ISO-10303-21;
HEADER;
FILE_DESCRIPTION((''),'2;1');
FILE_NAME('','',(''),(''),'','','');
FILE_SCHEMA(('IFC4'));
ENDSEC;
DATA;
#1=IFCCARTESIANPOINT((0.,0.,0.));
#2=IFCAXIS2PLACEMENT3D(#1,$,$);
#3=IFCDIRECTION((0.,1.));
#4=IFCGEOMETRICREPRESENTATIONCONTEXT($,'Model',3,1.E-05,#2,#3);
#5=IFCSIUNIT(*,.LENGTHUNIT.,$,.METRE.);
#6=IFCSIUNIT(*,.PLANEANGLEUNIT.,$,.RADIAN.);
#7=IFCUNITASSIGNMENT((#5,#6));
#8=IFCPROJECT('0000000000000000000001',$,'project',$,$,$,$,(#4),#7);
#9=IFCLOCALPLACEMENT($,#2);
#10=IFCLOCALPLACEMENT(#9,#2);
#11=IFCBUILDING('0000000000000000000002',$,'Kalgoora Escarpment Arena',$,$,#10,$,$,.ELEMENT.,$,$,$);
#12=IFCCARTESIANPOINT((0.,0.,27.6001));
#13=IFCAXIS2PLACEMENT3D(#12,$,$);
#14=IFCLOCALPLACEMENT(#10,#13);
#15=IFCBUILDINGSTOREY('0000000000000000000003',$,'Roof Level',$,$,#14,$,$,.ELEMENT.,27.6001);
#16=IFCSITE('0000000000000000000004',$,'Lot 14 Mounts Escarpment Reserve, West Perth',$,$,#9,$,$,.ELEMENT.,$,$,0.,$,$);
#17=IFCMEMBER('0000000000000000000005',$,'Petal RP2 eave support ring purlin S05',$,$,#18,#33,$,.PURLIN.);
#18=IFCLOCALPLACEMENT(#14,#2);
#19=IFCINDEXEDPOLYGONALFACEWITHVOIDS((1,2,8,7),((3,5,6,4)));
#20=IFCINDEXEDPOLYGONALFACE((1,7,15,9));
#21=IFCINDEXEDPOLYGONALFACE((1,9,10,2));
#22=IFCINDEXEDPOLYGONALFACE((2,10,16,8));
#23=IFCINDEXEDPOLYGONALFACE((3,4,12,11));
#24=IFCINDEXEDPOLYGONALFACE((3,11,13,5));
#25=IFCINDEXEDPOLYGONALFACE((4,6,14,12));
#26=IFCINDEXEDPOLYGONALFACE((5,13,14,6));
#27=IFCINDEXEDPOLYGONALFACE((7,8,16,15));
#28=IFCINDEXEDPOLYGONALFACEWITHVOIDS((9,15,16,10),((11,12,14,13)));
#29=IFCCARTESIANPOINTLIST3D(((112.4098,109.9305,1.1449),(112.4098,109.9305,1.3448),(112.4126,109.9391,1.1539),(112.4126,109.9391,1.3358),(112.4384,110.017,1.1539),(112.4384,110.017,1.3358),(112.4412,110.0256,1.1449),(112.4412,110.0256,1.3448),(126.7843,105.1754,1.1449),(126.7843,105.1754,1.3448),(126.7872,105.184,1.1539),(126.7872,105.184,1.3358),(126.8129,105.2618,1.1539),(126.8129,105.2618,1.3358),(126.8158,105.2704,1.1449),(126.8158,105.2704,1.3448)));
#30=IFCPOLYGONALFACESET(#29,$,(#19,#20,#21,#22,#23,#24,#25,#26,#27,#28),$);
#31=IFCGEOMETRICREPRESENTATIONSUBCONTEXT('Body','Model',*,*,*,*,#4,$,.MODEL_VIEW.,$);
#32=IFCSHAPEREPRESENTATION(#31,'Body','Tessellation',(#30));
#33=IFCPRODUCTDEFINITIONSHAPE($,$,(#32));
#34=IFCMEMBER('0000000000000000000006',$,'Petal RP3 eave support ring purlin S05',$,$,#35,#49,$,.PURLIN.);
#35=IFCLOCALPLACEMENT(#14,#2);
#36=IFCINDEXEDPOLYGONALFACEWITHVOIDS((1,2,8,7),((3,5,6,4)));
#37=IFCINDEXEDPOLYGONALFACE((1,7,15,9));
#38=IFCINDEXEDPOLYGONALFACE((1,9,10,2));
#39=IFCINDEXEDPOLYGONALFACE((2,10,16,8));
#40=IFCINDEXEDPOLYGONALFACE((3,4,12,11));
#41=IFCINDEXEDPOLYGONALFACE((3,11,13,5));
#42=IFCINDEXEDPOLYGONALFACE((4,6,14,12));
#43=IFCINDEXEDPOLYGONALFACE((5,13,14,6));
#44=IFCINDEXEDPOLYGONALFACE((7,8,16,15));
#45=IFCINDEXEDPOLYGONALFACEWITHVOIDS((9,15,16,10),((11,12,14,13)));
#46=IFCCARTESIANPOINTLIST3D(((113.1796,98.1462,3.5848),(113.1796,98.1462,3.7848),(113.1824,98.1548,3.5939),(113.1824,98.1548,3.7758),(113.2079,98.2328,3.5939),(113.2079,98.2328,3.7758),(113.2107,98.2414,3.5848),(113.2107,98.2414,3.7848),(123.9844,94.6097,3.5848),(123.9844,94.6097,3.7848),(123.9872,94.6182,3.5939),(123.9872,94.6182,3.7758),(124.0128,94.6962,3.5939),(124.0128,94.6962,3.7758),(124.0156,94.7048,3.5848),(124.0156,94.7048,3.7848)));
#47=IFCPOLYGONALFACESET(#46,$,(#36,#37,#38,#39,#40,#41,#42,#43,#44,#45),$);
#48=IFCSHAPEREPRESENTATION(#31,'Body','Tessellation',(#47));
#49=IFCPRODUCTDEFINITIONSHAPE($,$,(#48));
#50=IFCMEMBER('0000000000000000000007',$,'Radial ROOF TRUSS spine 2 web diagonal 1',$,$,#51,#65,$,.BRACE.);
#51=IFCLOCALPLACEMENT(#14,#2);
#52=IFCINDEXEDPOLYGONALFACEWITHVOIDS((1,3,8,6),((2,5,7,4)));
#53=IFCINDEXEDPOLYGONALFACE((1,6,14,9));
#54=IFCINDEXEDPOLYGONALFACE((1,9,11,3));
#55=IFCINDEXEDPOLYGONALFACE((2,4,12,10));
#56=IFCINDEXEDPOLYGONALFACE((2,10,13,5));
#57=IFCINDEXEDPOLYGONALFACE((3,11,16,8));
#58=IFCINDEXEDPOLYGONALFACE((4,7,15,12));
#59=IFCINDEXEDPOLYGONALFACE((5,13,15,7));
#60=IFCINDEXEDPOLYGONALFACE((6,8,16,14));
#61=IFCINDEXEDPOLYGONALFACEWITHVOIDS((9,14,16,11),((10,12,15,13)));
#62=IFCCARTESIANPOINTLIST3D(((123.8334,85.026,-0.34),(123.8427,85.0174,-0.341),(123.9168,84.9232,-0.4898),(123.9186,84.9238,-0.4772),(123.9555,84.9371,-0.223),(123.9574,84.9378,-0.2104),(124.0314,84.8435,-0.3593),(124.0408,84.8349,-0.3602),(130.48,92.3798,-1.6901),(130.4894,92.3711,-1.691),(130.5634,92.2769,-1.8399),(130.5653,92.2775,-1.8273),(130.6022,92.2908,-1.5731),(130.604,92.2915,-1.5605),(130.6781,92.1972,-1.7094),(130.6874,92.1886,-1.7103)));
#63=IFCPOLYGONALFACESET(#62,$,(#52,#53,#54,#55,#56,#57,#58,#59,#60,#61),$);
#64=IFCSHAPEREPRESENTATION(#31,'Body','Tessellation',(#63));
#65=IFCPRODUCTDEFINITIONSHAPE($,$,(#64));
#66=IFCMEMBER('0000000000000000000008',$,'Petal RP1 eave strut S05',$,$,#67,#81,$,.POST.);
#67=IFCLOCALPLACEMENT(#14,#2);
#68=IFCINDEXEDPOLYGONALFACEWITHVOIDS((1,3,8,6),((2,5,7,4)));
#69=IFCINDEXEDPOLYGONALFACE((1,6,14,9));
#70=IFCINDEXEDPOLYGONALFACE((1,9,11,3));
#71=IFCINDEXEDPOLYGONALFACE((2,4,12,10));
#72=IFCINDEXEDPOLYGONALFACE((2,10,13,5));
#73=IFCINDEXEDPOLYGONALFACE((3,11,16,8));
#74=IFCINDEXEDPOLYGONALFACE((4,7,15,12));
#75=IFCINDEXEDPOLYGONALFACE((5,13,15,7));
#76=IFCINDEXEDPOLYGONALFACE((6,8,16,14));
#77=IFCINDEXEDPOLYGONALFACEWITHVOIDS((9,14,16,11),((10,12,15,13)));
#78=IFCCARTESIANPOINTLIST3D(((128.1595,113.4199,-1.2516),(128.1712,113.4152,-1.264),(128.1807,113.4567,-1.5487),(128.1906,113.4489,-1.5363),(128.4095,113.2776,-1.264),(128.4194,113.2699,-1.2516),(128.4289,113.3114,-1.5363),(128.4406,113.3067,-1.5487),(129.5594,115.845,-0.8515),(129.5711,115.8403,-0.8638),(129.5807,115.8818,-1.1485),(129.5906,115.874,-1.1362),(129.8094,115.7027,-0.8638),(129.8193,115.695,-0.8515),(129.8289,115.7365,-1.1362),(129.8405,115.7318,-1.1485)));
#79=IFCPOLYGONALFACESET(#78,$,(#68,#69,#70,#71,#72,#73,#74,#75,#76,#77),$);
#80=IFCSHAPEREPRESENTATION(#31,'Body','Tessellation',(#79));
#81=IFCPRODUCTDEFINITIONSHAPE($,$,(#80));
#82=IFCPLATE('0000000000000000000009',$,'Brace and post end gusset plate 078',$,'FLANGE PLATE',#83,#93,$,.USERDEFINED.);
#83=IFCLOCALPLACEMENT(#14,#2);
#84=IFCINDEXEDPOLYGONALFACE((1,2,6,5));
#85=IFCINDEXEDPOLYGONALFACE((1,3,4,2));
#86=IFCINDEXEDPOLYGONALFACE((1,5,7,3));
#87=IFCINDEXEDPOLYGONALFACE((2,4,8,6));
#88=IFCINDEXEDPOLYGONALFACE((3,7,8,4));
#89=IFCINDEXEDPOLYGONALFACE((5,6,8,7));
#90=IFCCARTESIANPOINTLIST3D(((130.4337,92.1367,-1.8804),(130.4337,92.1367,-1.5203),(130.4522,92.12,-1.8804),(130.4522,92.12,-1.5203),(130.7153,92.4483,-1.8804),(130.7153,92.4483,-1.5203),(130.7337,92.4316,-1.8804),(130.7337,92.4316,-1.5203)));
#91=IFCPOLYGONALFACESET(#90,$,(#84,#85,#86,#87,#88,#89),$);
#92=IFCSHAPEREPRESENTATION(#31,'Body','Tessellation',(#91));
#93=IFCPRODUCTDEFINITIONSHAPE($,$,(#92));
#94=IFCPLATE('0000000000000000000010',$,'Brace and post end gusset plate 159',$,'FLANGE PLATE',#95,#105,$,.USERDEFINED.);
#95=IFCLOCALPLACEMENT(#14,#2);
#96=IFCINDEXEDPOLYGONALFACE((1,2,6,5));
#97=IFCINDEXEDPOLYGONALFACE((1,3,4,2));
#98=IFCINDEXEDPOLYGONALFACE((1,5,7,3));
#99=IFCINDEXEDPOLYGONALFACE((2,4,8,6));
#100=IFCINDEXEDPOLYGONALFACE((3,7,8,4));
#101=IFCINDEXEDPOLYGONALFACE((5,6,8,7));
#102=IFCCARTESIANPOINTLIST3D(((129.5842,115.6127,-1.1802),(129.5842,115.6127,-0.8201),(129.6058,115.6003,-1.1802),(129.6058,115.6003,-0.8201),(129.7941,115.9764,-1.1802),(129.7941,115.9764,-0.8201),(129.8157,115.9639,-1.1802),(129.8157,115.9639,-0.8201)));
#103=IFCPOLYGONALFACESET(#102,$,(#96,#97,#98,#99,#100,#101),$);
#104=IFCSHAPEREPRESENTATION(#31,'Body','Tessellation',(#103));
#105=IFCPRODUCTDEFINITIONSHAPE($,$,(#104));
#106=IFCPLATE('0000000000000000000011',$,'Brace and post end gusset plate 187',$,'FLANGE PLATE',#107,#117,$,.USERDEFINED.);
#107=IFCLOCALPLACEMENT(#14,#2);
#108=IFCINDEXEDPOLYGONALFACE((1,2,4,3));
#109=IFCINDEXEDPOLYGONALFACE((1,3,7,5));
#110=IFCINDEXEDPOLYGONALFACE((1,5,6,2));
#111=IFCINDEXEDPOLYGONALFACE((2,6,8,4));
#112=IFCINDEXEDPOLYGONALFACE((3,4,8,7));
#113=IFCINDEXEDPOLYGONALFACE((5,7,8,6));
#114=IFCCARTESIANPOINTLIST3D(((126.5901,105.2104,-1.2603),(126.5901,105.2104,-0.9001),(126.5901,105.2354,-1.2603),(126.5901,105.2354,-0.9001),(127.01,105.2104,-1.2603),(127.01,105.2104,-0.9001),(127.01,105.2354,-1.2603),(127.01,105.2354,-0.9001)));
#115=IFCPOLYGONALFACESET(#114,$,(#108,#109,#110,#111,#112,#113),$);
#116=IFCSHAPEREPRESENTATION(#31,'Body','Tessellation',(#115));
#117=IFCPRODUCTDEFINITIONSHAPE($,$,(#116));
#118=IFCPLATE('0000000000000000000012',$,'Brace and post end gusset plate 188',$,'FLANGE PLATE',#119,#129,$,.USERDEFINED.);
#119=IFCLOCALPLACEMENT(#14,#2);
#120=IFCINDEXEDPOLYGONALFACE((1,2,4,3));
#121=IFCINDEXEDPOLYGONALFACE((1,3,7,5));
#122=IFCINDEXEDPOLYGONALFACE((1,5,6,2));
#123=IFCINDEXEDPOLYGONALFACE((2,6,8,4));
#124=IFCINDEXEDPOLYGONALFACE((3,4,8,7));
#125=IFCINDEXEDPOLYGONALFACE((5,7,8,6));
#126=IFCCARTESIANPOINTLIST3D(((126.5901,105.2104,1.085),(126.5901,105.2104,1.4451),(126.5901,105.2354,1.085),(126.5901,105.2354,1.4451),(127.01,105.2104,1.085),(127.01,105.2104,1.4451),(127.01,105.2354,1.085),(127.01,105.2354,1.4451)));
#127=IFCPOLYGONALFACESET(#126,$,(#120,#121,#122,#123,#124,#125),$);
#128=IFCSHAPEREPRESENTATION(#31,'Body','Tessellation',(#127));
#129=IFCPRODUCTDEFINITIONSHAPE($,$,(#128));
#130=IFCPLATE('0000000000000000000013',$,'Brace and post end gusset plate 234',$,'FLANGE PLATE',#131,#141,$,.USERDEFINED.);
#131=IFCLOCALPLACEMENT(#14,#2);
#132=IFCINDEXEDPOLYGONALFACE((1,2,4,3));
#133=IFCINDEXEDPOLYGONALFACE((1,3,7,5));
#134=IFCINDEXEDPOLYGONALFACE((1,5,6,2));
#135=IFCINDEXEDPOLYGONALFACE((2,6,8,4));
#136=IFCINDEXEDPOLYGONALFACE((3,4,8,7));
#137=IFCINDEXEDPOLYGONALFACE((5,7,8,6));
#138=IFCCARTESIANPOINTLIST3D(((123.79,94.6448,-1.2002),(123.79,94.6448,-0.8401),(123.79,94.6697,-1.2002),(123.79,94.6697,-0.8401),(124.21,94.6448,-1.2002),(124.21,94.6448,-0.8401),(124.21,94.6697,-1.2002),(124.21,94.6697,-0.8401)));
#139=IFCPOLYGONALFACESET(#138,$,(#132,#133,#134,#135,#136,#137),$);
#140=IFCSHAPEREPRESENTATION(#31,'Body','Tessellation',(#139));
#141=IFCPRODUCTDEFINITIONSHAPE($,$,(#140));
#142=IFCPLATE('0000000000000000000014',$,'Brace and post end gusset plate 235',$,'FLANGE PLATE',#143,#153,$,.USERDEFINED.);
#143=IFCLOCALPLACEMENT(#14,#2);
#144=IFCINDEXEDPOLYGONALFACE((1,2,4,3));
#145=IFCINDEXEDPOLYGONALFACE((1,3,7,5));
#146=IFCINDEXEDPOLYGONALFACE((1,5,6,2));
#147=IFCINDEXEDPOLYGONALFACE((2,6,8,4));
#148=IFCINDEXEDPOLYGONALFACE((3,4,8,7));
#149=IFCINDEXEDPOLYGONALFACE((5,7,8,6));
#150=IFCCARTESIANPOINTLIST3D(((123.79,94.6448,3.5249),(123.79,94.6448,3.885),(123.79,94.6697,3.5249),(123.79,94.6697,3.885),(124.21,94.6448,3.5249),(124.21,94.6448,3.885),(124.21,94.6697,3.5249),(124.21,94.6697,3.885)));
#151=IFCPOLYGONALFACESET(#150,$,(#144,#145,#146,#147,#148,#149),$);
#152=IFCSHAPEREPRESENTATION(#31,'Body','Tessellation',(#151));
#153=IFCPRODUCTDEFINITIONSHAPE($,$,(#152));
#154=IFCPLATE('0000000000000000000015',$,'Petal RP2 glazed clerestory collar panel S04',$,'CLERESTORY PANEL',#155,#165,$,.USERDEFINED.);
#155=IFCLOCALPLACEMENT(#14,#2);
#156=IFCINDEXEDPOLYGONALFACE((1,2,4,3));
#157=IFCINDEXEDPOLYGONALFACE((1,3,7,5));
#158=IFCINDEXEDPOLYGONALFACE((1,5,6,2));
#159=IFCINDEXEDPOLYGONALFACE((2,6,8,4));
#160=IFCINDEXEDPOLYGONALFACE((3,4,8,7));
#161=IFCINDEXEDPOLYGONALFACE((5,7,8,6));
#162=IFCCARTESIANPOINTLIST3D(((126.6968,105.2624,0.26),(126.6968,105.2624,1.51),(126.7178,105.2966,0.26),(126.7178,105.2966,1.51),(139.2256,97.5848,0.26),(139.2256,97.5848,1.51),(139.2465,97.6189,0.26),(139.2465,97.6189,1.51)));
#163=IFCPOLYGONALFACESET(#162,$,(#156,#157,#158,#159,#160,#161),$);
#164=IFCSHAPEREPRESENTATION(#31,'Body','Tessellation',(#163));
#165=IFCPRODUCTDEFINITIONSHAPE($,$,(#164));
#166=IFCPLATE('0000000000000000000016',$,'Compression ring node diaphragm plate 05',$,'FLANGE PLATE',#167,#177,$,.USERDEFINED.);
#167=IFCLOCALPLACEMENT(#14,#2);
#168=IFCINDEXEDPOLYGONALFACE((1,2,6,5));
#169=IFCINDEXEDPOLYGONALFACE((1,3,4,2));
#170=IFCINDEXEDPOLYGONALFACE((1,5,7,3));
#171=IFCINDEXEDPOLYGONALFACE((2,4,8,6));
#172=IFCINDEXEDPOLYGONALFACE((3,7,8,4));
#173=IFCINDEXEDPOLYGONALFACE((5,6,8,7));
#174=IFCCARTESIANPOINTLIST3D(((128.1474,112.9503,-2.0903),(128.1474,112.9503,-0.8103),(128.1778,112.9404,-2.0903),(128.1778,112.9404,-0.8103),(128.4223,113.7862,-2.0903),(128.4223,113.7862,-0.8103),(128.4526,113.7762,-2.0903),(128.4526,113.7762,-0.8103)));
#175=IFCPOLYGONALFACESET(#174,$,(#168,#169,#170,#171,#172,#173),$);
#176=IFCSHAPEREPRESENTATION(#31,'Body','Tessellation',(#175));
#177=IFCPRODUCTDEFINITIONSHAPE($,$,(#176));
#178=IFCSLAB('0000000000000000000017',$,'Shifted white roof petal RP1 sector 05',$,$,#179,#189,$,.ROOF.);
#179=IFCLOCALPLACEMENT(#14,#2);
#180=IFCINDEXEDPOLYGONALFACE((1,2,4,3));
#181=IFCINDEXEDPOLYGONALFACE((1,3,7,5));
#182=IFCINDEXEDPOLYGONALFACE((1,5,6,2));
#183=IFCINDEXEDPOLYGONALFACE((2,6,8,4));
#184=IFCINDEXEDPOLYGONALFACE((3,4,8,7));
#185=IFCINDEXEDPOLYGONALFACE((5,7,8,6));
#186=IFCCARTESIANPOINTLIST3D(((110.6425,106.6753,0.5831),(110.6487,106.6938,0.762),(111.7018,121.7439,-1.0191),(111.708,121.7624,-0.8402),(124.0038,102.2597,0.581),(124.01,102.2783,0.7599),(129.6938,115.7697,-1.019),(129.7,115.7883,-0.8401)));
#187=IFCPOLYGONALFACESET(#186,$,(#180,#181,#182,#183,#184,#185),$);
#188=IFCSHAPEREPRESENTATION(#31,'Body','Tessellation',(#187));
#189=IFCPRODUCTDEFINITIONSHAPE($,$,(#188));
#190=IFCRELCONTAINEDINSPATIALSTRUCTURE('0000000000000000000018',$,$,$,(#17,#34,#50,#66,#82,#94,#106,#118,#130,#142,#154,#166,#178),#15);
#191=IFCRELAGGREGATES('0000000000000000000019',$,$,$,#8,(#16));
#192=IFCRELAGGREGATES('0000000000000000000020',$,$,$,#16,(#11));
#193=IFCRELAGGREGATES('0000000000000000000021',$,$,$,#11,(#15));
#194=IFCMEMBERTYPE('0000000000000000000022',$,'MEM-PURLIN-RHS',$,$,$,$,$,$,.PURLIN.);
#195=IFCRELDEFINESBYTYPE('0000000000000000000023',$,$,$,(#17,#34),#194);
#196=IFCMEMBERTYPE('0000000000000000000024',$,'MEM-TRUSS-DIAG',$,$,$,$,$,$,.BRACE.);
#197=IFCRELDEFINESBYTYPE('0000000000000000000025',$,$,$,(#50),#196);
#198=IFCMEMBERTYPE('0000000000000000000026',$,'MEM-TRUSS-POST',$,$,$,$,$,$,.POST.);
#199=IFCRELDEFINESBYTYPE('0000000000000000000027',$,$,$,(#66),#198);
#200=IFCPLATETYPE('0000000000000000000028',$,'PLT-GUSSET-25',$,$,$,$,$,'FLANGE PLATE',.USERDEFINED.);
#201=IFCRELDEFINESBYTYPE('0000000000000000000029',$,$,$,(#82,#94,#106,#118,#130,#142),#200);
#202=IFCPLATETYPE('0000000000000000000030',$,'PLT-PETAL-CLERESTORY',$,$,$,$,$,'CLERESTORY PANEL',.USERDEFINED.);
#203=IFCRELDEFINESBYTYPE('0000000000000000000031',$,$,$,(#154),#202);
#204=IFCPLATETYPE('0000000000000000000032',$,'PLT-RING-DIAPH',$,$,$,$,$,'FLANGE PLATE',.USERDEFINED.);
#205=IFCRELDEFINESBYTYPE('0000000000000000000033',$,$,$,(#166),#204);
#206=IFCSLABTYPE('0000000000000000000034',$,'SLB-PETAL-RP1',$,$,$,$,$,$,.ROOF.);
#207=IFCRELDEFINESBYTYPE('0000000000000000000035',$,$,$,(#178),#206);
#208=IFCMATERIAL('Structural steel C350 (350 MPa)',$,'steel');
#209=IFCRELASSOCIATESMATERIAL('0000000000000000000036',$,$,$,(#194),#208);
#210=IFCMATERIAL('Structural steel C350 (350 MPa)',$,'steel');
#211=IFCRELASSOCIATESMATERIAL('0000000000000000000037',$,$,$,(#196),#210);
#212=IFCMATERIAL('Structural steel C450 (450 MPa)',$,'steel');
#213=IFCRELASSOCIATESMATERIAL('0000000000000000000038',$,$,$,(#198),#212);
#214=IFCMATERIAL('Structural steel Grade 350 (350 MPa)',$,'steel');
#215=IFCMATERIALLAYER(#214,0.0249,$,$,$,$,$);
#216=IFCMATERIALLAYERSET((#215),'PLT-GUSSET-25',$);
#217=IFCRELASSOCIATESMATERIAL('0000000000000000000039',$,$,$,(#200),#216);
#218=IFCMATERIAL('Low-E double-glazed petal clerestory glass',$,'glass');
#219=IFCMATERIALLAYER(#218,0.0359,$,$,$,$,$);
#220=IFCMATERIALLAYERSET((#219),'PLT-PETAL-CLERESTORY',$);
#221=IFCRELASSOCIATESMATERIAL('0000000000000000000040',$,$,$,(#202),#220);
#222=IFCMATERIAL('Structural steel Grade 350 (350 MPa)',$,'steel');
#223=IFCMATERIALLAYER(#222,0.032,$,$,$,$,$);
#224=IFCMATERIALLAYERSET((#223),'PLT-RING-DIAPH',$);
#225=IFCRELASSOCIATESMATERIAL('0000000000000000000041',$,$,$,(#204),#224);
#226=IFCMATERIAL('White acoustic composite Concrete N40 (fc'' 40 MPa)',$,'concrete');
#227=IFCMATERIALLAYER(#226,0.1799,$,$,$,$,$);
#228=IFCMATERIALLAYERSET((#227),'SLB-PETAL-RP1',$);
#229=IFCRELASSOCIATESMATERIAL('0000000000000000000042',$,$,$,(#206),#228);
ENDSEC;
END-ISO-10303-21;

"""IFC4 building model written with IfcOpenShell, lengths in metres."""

from ifc_helpers import new_model, si_unit, direction, frame, origin, origin_2d, place, context, subcontext, project, spatial, polyline, rectangle, hollow_rectangle, outline, extrude, material, layer, layer_set, material_profile, profile_set, type_object, element, save


model = new_model("IFC4")

# Units and contexts
model_context = context("Model", 3, precision=1e-05, world=origin(), true_north=direction((0.0, 1.0)))
body_context = subcontext(model_context, "Body", "Model", "MODEL_VIEW")
ifc_project = project(units=[si_unit("LENGTHUNIT", "METRE"), si_unit("PLANEANGLEUNIT", "RADIAN")], contexts=[model_context])

# Site, building, storey
site_placement = place(None, origin())
site = spatial("IfcSite", under=ifc_project, at=site_placement, Name="Lot 14 Mounts Escarpment Reserve, West Perth", CompositionType="ELEMENT", RefElevation=0.0)
building_placement = place(site_placement, origin())
building = spatial("IfcBuilding", under=site, at=building_placement, Name="Kalgoora Escarpment Arena", CompositionType="ELEMENT")
storey_placement = place(building_placement, frame((0.0, 0.0, 27.6001)))
storey = spatial("IfcBuildingStorey", under=building, at=storey_placement, Name="Roof Level", CompositionType="ELEMENT", Elevation=27.6001)

# Members
ifc_material_1 = material(Name="Structural steel C350 (350 MPa)", Category="steel")
ifc_material_profile_1 = material_profile(ifc_material_1, hollow_rectangle(XDim=0.1001, YDim=0.2, WallThickness=0.009, at=origin_2d()))
ifc_profile_set_1 = profile_set([ifc_material_profile_1], Name="Structural steel C350 (350 MPa)")
member_type_1 = type_object("IfcMemberType", Name="MEM-PURLIN-RHS", PredefinedType="PURLIN", material=ifc_profile_set_1)
member_1_placement = place(storey_placement, frame((126.8, 105.2229, 1.2449), z_axis=(-0.949402, 0.314065, 0.0), x_axis=(-0.314065, -0.949402, 0.0)))
element("IfcMember", 1, at=member_1_placement, inside=storey, type_object=member_type_1, Name="Petal RP2 eave support ring purlin S05", PredefinedType="PURLIN", context=body_context, shape_type="SweptSolid", body=[
    extrude(hollow_rectangle(XDim=0.1001, YDim=0.2, WallThickness=0.009, at=origin_2d()), origin(), (0.0, 0.0, 1.0), 15.1406),
])
member_2_placement = place(storey_placement, frame((124.0, 94.6572, 3.6848), z_axis=(-0.950385, 0.311076, 0.0), x_axis=(-0.311076, -0.950385, 0.0)))
element("IfcMember", 2, at=member_2_placement, inside=storey, type_object=member_type_1, Name="Petal RP3 eave support ring purlin S05", PredefinedType="PURLIN", context=body_context, shape_type="SweptSolid", body=[
    extrude(hollow_rectangle(XDim=0.1001, YDim=0.2, WallThickness=0.009, at=origin_2d()), origin(), (0.0, 0.0, 1.0), 11.3689),
])
ifc_material_2 = material(Name="Structural steel C350 (350 MPa)", Category="steel")
ifc_material_profile_2 = material_profile(ifc_material_2, hollow_rectangle(XDim=0.2, YDim=0.2, WallThickness=0.009, at=origin_2d()))
ifc_profile_set_2 = profile_set([ifc_material_profile_2], Name="Structural steel C350 (350 MPa)")
member_type_2 = type_object("IfcMemberType", Name="MEM-TRUSS-DIAG", PredefinedType="BRACE", material=ifc_profile_set_2)
member_3_placement = place(storey_placement, frame((130.5837, 92.2842, -1.7002), z_axis=(-0.664409, -0.735084, 0.134956), x_axis=(-0.620141, 0.441459, -0.64849)))
element("IfcMember", 3, at=member_3_placement, inside=storey, type_object=member_type_2, Name="Radial ROOF TRUSS spine 2 web diagonal 1", PredefinedType="BRACE", context=body_context, shape_type="SweptSolid", body=[
    extrude(hollow_rectangle(XDim=0.2, YDim=0.2, WallThickness=0.009, at=origin_2d()), origin(), (0.0, 0.0, 1.0), 10.0039),
])
ifc_material_3 = material(Name="Structural steel C450 (450 MPa)", Category="steel")
ifc_material_profile_3 = material_profile(ifc_material_3, hollow_rectangle(XDim=0.3, YDim=0.3, WallThickness=0.0125, at=origin_2d()))
ifc_profile_set_3 = profile_set([ifc_material_profile_3], Name="Structural steel C450 (450 MPa)")
member_type_3 = type_object("IfcMemberType", Name="MEM-TRUSS-POST", PredefinedType="POST", material=ifc_profile_set_3)
member_4_placement = place(storey_placement, frame((128.3, 113.3633, -1.4001), z_axis=(0.494918, 0.857346, 0.141467), x_axis=(-0.866056, 0.499946, 0.0)))
element("IfcMember", 4, at=member_4_placement, inside=storey, type_object=member_type_3, Name="Petal RP1 eave strut S05", PredefinedType="POST", context=body_context, shape_type="SweptSolid", body=[
    extrude(hollow_rectangle(XDim=0.3, YDim=0.3, WallThickness=0.0125, at=origin_2d()), origin(), (0.0, 0.0, 1.0), 2.8286),
])

# Plates
ifc_material_4 = material(Name="Structural steel Grade 350 (350 MPa)", Category="steel")
ifc_layer_1 = layer(ifc_material_4, 0.0249)
ifc_layer_set_1 = layer_set([ifc_layer_1], Name="PLT-GUSSET-25")
plate_type_1 = type_object("IfcPlateType", Name="PLT-GUSSET-25", ElementType="FLANGE PLATE", PredefinedType="USERDEFINED", material=ifc_layer_set_1)
for number, where, z_axis, x_axis, name in (
    (5, (130.5837, 92.2842, -1.8804), (0.0, 0.0, 1.0), (-0.670427, -0.741976, 0.0), "Brace and post end gusset plate 078"),
    (6, (129.7, 115.7883, -1.1802), (0.0, 0.0, 1.0), (0.5, 0.866025, 0.0), "Brace and post end gusset plate 159"),
    (7, (126.8, 105.2229, -1.2603), (0.0, 0.0, 1.0), (1.0, 0.0, 0.0), "Brace and post end gusset plate 187"),
    (8, (126.8, 105.2229, 1.085), (0.0, 0.0, 1.0), (1.0, 0.0, 0.0), "Brace and post end gusset plate 188"),
    (9, (124.0, 94.6572, -1.2002), (0.0, 0.0, 1.0), (1.0, 0.0, 0.0), "Brace and post end gusset plate 234"),
    (10, (124.0, 94.6572, 3.5249), (0.0, 0.0, 1.0), (1.0, 0.0, 0.0), "Brace and post end gusset plate 235"),
):
    element("IfcPlate", number, at=place(storey_placement, frame(where, z_axis=z_axis, x_axis=x_axis)), inside=storey, type_object=plate_type_1, Name=name, ObjectType="FLANGE PLATE", PredefinedType="USERDEFINED", context=body_context, shape_type="SweptSolid", body=[
        extrude(rectangle(XDim=0.4199, YDim=0.0249, at=origin_2d()), origin(), (0.0, 0.0, 1.0), 0.3601),
    ])
ifc_material_5 = material(Name="Low-E double-glazed petal clerestory glass", Category="glass")
ifc_layer_2 = layer(ifc_material_5, 0.0359)
ifc_layer_set_2 = layer_set([ifc_layer_2], Name="PLT-PETAL-CLERESTORY")
plate_type_2 = type_object("IfcPlateType", Name="PLT-PETAL-CLERESTORY", ElementType="CLERESTORY PANEL", PredefinedType="USERDEFINED", material=ifc_layer_set_2)
plate_1_placement = place(storey_placement, frame((132.9717, 101.4407, 0.26), z_axis=(0.0, 0.0, 1.0), x_axis=(-0.85264, 0.522499, 0.0)))
element("IfcPlate", 11, at=plate_1_placement, inside=storey, type_object=plate_type_2, Name="Petal RP2 glazed clerestory collar panel S04", ObjectType="CLERESTORY PANEL", PredefinedType="USERDEFINED", context=body_context, shape_type="SweptSolid", body=[
    extrude(rectangle(XDim=14.6941, YDim=0.04, at=origin_2d()), origin(), (0.0, 0.0, 1.0), 1.25),
])
ifc_material_6 = material(Name="Structural steel Grade 350 (350 MPa)", Category="steel")
ifc_layer_3 = layer(ifc_material_6, 0.032)
ifc_layer_set_3 = layer_set([ifc_layer_3], Name="PLT-RING-DIAPH")
plate_type_3 = type_object("IfcPlateType", Name="PLT-RING-DIAPH", ElementType="FLANGE PLATE", PredefinedType="USERDEFINED", material=ifc_layer_set_3)
plate_2_placement = place(storey_placement, frame((128.3, 113.3633, -2.0903), z_axis=(0.0, 0.0, 1.0), x_axis=(-0.949972, 0.312335, 0.0)))
element("IfcPlate", 12, at=plate_2_placement, inside=storey, type_object=plate_type_3, Name="Compression ring node diaphragm plate 05", ObjectType="FLANGE PLATE", PredefinedType="USERDEFINED", context=body_context, shape_type="SweptSolid", body=[
    extrude(rectangle(XDim=0.032, YDim=0.8799, at=origin_2d()), origin(), (0.0, 0.0, 1.0), 1.28),
])

# Slab
ifc_material_7 = material(Name="White acoustic composite Concrete N40 (fc' 40 MPa)", Category="concrete")
ifc_layer_4 = layer(ifc_material_7, 0.1799)
ifc_layer_set_4 = layer_set([ifc_layer_4], Name="SLB-PETAL-RP1")
slab_type_1 = type_object("IfcSlabType", Name="SLB-PETAL-RP1", PredefinedType="ROOF", material=ifc_layer_set_4)
slab_1_placement = place(storey_placement, frame((129.7, 115.7883, -0.8401), z_axis=(0.034288, 0.103284, 0.994061), x_axis=(-0.94905, 0.315126, -0.000007)))
element("IfcSlab", 13, at=slab_1_placement, inside=storey, type_object=slab_type_1, Name="Shifted white roof petal RP1 sector 05", PredefinedType="ROOF", context=body_context, shape_type="SweptSolid", body=[
    extrude(outline(polyline([(0.0, 0.0), (18.9579, 0.0), (15.2147, 14.7221), (1.1427, 14.7021), (0.0, 0.0)])), origin(), (0.0, 0.0, -1.0), 0.1799),
])

save(model, "model.ifc")
